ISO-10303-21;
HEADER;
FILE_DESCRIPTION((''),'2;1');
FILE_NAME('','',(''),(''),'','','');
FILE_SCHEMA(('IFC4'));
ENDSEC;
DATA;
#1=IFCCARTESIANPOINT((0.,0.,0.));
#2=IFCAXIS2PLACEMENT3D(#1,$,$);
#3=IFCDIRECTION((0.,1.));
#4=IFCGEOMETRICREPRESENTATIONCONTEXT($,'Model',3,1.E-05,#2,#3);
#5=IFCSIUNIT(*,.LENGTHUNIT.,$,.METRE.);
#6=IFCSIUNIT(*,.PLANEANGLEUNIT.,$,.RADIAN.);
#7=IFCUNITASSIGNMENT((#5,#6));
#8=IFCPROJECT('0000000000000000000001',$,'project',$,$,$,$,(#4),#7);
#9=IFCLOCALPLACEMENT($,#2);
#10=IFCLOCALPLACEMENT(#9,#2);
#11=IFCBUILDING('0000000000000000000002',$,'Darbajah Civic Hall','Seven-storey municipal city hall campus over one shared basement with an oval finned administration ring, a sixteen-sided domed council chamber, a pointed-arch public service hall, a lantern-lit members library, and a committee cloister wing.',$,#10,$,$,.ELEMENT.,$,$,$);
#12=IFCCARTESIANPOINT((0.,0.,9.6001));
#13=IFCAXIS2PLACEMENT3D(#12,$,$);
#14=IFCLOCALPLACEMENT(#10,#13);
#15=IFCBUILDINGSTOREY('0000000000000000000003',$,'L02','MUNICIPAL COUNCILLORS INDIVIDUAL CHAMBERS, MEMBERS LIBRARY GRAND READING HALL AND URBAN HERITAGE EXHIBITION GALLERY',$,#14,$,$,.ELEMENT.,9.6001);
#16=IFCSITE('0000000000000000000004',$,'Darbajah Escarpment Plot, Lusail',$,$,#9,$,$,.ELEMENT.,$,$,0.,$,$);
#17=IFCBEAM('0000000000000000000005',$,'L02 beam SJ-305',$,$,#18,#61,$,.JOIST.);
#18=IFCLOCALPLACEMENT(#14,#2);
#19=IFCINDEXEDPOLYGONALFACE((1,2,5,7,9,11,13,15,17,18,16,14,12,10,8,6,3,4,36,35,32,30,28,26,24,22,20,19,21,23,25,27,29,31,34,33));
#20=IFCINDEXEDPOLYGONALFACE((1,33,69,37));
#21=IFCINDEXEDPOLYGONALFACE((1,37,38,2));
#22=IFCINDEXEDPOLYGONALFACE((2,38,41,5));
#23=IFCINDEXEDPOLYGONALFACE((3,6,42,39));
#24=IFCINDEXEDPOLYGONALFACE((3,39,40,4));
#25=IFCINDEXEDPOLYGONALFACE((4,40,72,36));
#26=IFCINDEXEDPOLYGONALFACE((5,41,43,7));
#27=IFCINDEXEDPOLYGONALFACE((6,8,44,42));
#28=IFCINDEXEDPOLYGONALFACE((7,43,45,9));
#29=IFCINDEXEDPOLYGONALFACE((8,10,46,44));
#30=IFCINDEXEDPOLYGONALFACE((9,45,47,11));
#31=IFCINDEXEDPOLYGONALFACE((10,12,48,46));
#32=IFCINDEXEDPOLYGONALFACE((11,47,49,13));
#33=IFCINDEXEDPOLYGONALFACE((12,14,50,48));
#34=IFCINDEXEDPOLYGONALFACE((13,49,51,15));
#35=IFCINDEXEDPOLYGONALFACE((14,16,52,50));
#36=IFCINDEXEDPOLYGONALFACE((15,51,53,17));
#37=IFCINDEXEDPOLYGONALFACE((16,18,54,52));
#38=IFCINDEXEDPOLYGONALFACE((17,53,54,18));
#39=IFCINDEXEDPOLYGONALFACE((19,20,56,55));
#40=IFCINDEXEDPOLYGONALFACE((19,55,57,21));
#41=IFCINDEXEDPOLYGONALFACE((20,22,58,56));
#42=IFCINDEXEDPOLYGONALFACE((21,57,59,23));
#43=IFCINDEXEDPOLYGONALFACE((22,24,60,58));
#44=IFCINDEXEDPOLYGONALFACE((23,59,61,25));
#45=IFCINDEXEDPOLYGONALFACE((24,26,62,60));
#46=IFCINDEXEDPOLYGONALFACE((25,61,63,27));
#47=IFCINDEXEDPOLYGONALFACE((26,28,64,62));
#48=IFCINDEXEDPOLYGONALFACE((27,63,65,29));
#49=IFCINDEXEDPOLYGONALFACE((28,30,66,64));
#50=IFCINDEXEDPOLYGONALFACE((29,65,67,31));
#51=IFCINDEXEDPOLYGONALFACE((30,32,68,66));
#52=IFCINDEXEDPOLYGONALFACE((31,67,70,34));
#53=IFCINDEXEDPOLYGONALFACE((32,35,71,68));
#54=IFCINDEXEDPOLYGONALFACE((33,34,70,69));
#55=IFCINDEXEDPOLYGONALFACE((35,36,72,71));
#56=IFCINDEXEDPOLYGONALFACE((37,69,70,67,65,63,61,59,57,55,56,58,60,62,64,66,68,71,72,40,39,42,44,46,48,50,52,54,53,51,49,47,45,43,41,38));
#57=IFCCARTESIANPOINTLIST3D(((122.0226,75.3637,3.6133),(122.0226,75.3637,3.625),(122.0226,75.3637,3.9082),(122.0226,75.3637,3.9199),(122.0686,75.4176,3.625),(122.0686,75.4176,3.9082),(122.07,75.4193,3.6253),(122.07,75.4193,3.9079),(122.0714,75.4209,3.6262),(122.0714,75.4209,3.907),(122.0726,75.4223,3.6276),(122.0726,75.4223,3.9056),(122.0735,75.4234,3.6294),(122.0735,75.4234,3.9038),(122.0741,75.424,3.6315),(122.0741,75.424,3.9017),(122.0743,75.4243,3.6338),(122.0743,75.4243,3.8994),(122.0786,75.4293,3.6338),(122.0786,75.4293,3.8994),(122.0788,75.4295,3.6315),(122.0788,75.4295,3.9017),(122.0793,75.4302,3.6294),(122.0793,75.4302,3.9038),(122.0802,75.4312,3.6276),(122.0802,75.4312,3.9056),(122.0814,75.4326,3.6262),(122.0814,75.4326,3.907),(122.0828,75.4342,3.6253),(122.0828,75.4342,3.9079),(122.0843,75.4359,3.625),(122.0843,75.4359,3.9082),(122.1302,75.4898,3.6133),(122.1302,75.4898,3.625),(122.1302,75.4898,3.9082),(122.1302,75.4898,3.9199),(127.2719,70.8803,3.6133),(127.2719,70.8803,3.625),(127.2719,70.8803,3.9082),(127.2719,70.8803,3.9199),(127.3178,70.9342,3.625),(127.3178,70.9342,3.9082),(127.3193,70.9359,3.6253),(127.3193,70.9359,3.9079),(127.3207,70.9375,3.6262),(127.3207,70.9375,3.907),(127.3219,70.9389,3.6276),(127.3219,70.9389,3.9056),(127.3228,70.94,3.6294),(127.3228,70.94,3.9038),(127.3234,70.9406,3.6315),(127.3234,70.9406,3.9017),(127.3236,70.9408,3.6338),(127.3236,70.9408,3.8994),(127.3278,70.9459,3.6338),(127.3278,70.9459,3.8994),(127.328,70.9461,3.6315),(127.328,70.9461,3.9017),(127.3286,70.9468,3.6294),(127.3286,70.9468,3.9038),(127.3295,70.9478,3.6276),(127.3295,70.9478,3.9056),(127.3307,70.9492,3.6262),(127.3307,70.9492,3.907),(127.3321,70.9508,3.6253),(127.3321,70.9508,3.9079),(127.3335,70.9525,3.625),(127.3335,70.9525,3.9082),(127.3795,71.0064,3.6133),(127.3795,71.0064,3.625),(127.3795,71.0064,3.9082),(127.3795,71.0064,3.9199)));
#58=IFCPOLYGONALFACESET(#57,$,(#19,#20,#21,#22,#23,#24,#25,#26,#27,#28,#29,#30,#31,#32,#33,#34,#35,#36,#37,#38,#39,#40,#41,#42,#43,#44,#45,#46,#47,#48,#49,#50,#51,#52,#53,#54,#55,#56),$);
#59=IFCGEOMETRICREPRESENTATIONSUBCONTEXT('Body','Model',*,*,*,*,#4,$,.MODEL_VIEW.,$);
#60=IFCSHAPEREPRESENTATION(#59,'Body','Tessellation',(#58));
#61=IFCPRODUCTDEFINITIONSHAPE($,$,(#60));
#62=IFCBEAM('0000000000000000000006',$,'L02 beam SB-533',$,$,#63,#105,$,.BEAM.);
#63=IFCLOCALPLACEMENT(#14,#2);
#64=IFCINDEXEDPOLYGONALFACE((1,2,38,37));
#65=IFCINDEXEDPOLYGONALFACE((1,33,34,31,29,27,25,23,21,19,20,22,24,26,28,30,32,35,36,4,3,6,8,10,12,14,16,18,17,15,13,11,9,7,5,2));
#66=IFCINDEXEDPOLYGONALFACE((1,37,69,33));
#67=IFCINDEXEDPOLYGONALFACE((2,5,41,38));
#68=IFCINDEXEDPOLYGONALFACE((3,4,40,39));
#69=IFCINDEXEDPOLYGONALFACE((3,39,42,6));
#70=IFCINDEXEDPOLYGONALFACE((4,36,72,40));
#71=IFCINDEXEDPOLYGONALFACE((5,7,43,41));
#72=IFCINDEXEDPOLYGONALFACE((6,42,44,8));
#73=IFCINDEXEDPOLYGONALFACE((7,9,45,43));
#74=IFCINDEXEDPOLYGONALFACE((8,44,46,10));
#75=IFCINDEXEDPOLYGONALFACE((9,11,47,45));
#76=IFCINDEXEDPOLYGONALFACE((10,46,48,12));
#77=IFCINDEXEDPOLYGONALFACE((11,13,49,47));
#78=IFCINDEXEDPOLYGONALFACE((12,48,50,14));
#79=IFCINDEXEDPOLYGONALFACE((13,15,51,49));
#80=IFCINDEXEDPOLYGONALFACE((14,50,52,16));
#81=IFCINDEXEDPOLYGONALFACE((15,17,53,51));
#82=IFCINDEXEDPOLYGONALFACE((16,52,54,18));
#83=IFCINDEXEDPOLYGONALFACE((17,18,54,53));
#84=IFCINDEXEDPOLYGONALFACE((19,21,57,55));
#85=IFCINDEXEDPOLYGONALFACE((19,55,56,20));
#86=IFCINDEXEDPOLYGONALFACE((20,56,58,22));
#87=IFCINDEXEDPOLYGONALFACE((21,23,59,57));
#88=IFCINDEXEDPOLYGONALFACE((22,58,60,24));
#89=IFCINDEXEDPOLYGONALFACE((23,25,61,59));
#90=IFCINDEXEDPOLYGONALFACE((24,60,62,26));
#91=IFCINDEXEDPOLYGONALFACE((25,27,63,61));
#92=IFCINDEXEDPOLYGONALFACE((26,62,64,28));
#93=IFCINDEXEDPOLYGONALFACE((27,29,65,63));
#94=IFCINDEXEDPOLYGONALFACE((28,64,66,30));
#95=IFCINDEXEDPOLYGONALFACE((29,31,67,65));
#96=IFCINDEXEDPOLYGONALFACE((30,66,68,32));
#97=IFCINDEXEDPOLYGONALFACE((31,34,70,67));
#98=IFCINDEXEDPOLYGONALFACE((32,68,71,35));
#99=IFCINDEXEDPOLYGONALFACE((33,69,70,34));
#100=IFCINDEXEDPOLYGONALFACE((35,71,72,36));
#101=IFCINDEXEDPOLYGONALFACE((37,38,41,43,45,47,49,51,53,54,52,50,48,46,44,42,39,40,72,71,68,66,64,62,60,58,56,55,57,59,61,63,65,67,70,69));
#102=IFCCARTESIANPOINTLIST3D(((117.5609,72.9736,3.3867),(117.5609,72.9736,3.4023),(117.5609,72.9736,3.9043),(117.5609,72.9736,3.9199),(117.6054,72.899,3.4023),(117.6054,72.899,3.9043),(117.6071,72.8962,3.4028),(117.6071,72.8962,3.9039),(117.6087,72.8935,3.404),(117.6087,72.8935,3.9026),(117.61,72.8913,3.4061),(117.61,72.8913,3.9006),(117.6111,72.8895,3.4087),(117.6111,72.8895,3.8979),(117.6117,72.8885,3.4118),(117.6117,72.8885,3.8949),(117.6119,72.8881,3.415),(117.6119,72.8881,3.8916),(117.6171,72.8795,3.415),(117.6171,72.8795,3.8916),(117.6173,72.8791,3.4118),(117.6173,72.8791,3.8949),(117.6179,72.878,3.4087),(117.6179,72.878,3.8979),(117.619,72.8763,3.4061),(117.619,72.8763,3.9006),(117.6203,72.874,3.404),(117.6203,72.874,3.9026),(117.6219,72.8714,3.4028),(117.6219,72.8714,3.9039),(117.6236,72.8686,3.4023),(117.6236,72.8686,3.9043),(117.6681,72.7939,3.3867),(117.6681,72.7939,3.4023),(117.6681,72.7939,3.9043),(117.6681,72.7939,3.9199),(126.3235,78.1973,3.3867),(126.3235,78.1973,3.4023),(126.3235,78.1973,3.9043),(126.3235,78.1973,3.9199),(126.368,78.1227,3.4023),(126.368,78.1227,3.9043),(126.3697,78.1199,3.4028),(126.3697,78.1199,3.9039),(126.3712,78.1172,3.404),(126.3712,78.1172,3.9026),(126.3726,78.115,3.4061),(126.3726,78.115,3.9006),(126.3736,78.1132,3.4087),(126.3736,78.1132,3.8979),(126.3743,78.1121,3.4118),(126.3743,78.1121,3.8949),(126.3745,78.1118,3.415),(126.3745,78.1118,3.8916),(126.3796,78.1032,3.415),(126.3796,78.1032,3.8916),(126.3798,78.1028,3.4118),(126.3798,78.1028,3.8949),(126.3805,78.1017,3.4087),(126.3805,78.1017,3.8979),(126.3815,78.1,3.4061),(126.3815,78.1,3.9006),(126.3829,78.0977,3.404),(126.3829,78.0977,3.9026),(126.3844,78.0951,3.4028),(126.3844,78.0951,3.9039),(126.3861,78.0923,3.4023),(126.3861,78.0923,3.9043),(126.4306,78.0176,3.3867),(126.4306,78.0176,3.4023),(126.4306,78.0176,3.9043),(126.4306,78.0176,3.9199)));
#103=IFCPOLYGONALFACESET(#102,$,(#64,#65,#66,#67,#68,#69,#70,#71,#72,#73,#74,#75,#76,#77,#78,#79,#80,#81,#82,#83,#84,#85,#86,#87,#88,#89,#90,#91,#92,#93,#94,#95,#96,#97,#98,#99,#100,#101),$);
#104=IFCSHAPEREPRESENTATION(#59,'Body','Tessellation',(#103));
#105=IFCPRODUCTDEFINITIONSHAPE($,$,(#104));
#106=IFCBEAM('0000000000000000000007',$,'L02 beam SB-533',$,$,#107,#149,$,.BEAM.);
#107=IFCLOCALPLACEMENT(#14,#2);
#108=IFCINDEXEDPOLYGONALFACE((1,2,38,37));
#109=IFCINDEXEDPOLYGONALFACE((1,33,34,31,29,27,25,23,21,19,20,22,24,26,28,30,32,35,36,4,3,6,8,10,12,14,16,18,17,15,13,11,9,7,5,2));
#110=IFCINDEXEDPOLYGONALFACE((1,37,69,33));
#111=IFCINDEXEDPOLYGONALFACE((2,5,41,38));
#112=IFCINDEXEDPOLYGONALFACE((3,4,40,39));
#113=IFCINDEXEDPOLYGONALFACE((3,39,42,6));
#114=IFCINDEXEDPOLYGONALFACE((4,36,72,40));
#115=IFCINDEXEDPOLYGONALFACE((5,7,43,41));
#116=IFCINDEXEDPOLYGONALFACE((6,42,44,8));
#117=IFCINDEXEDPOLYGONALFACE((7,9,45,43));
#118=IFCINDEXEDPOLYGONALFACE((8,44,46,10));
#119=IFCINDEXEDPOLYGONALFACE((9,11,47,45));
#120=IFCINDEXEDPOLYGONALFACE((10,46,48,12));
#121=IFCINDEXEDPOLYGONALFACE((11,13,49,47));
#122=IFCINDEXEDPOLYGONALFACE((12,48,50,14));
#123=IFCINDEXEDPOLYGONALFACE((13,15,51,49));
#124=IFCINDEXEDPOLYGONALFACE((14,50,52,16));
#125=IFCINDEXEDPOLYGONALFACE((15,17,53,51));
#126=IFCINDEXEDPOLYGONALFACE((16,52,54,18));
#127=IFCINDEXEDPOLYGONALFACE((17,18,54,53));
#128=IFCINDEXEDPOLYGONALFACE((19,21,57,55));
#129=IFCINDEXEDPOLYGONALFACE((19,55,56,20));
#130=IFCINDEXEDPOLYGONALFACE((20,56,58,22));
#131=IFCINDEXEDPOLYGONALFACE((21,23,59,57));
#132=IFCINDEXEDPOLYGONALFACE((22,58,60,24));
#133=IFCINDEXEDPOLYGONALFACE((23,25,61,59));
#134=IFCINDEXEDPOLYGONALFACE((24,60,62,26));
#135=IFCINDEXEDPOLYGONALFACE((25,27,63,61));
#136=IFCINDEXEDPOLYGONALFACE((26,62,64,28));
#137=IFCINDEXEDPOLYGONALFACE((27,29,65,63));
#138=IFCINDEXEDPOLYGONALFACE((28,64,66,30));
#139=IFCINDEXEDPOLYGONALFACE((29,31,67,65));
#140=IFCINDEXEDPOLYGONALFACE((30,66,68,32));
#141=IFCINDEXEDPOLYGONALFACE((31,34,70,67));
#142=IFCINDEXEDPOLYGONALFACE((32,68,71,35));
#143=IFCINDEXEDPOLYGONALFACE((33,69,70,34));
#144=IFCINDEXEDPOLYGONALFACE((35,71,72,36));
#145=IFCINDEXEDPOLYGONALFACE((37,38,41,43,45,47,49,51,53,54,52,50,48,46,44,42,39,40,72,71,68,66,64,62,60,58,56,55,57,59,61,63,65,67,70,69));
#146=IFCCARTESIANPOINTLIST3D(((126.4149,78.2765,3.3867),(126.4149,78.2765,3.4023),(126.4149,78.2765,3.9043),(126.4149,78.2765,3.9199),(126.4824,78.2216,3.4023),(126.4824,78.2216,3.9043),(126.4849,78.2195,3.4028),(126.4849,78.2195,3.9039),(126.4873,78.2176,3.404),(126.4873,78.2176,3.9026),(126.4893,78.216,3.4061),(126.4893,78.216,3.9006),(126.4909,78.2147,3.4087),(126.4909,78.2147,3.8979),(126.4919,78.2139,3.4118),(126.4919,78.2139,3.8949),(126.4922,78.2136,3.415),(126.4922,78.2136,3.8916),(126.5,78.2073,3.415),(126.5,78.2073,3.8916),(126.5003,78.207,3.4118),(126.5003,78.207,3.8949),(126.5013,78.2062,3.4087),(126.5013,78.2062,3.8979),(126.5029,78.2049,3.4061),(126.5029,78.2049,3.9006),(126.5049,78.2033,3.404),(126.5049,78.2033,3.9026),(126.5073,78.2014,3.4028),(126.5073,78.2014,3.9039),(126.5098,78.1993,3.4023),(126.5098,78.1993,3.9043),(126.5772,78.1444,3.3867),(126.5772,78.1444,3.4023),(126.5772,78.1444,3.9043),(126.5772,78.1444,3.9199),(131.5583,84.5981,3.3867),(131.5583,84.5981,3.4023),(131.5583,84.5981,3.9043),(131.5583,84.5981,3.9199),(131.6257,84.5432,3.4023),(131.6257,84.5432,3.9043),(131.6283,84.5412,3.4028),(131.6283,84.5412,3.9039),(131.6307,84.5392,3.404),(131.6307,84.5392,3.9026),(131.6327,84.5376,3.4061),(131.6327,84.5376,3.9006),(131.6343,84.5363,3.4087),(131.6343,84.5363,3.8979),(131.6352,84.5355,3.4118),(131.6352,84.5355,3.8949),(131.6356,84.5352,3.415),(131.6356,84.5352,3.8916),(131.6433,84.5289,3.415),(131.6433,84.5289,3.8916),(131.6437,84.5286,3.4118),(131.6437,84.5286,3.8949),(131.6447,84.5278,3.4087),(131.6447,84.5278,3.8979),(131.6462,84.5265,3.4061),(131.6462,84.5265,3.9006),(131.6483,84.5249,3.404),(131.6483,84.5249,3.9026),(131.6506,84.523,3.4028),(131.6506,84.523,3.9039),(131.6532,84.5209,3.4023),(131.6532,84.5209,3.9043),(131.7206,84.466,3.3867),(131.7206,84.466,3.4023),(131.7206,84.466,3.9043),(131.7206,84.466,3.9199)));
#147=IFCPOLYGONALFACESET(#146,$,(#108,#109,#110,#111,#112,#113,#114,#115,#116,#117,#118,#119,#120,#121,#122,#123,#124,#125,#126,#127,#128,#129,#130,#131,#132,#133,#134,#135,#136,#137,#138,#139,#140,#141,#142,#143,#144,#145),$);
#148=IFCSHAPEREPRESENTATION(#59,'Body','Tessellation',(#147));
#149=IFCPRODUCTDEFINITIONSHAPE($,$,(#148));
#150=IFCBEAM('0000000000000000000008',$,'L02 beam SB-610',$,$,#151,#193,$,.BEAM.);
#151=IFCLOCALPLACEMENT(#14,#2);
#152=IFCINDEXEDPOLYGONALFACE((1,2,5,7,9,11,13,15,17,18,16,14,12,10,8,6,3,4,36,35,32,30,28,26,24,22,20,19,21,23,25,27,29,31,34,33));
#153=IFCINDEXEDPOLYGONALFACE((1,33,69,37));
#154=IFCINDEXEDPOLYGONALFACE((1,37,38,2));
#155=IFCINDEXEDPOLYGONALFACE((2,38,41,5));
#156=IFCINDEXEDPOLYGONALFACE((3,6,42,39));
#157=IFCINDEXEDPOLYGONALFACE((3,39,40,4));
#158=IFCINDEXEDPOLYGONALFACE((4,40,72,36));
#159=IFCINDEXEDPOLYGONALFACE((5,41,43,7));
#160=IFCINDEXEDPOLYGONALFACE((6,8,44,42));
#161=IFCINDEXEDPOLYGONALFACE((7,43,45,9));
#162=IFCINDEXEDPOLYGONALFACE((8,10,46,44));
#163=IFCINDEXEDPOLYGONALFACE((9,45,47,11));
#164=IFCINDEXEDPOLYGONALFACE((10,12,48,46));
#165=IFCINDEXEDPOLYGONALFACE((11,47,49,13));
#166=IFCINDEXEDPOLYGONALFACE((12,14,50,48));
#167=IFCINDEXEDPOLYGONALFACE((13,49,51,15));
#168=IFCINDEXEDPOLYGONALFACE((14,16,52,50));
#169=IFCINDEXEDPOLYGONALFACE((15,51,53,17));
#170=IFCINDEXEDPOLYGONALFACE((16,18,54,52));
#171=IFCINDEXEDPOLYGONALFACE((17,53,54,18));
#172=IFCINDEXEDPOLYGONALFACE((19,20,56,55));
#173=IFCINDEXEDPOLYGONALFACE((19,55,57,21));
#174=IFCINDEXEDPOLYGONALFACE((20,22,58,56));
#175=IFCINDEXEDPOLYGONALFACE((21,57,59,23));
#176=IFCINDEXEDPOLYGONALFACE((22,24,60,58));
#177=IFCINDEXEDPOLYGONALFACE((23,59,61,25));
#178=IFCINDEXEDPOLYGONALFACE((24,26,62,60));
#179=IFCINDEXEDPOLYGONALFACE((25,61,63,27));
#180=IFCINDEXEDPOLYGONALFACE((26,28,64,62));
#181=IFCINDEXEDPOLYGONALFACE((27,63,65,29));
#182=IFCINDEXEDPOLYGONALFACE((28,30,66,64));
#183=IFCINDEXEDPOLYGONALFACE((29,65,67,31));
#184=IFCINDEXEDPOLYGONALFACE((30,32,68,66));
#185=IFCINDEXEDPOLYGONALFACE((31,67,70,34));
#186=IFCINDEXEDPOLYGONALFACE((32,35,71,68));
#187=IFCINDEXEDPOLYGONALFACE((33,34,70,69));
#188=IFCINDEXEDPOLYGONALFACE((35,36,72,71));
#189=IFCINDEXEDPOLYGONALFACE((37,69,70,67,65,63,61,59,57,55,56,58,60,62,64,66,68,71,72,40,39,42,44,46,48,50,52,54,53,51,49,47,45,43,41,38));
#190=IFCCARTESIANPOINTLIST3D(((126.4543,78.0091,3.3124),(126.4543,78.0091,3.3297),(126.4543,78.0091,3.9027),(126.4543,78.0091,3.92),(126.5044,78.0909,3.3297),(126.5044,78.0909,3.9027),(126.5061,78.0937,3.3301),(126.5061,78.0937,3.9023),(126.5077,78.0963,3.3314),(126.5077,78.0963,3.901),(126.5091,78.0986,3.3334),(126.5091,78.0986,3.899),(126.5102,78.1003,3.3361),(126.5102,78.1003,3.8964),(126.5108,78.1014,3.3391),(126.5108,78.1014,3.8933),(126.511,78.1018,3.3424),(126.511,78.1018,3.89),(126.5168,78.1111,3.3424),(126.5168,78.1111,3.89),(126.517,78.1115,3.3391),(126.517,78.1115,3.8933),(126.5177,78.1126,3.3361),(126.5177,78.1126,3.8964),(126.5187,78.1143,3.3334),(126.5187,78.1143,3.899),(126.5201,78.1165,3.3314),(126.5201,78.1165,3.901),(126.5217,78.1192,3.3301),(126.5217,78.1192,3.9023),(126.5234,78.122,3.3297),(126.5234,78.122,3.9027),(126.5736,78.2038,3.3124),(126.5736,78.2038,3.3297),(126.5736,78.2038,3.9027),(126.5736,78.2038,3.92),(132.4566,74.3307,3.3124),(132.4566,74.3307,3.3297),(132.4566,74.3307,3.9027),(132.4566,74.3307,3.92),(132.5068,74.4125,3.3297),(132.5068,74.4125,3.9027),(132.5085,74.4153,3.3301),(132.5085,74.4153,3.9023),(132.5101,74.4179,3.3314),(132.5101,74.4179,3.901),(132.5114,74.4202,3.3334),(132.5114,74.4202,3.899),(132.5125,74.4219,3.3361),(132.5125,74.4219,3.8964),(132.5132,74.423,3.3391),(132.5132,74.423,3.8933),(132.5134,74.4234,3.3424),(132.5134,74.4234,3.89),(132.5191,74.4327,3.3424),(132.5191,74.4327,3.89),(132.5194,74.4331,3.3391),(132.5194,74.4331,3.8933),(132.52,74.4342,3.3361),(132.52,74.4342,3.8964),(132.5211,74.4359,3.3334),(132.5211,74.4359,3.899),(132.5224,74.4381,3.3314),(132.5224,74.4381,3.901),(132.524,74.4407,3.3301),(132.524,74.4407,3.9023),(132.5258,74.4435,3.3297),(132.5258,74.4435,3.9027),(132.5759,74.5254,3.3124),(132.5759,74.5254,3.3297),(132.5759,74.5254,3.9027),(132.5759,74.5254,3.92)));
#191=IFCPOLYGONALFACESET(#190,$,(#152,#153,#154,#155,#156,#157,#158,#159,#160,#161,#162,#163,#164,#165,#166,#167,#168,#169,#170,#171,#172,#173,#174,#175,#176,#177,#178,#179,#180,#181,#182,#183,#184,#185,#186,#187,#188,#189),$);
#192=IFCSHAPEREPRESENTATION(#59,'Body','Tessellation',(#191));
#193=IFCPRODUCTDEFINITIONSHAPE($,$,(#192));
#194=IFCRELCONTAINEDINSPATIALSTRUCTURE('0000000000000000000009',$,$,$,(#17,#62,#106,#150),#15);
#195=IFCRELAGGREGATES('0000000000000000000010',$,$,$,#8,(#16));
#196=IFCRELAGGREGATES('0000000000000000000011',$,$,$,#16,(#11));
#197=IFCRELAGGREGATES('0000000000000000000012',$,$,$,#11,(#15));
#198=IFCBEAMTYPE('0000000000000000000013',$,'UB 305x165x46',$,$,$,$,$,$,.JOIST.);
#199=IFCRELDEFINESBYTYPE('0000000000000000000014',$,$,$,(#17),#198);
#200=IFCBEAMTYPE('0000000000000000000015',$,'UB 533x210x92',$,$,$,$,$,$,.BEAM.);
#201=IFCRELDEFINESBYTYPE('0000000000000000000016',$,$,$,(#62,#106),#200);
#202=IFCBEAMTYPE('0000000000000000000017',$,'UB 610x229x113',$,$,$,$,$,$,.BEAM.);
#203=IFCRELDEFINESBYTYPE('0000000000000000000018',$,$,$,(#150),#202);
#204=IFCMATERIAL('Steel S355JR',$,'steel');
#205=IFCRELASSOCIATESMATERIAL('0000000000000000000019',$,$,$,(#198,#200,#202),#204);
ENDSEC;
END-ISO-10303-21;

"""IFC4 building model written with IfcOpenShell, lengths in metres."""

from ifc_helpers import new_model, si_unit, direction, frame, origin, origin_2d, place, context, subcontext, project, spatial, i_section, extrude, material, material_profile, profile_set, type_object, element, save


model = new_model("IFC4")

# Units and contexts
model_context = context("Model", 3, precision=1e-05, world=origin(), true_north=direction((0.0, 1.0)))
body_context = subcontext(model_context, "Body", "Model", "MODEL_VIEW")
ifc_project = project(units=[si_unit("LENGTHUNIT", "METRE"), si_unit("PLANEANGLEUNIT", "RADIAN")], contexts=[model_context])

# Site, building, storey
site_placement = place(None, origin())
site = spatial("IfcSite", under=ifc_project, at=site_placement, Name="Darbajah Escarpment Plot, Lusail", CompositionType="ELEMENT", RefElevation=0.0)
building_placement = place(site_placement, origin())
building = spatial("IfcBuilding", under=site, at=building_placement, Name="Darbajah Civic Hall", Description="Seven-storey municipal city hall campus over one shared basement with an oval finned administration ring, a sixteen-sided domed council chamber, a pointed-arch public service hall, a lantern-lit members library, and a committee cloister wing.", CompositionType="ELEMENT")
storey_placement = place(building_placement, frame((0.0, 0.0, 9.6001)))
storey = spatial("IfcBuildingStorey", under=building, at=storey_placement, Name="L02", Description="MUNICIPAL COUNCILLORS INDIVIDUAL CHAMBERS, MEMBERS LIBRARY GRAND READING HALL AND URBAN HERITAGE EXHIBITION GALLERY", CompositionType="ELEMENT", Elevation=9.6001)

# Beams
ifc_material_1 = material(Name="Steel S355JR", Category="steel")
ifc_material_profile_1 = material_profile(ifc_material_1, i_section(OverallWidth=0.1658, OverallDepth=0.3066, WebThickness=0.0066, FlangeThickness=0.0117, FilletRadius=0.0088, at=origin_2d()), Name="UB 305x165x46")
ifc_profile_set_1 = profile_set([ifc_material_profile_1], Name="Steel S355JR")
beam_type_1 = type_object("IfcBeamType", Name="UB 305x165x46", PredefinedType="JOIST", material=ifc_profile_set_1)
beam_1_placement = place(storey_placement, frame((122.0764, 75.4268, 3.7666), z_axis=(0.760399, -0.649456, 0.0), x_axis=(0.649456, 0.760399, 0.0)))
element("IfcBeam", 1, at=beam_1_placement, inside=storey, type_object=beam_type_1, Name="L02 beam SJ-305", PredefinedType="JOIST", context=body_context, shape_type="SweptSolid", body=[
    extrude(i_section(OverallWidth=0.1658, OverallDepth=0.3066, WebThickness=0.0066, FlangeThickness=0.0117, FilletRadius=0.0088, at=origin_2d()), origin(), (0.0, 0.0, 1.0), 6.9033),
])
ifc_material_profile_2 = material_profile(ifc_material_1, i_section(OverallWidth=0.2092, OverallDepth=0.5332, WebThickness=0.01, FlangeThickness=0.0156, FilletRadius=0.0127, at=origin_2d()), Name="UB 533x210x92")
ifc_profile_set_2 = profile_set([ifc_material_profile_2], Name="Steel S355JR")
beam_type_2 = type_object("IfcBeamType", Name="UB 533x210x92", PredefinedType="BEAM", material=ifc_profile_set_2)
beam_2_placement = place(storey_placement, frame((117.6145, 72.8838, 3.6533), z_axis=(0.858953, 0.512055, 0.0), x_axis=(-0.512055, 0.858953, 0.0)))
element("IfcBeam", 2, at=beam_2_placement, inside=storey, type_object=beam_type_2, Name="L02 beam SB-533", PredefinedType="BEAM", context=body_context, shape_type="SweptSolid", body=[
    extrude(i_section(OverallWidth=0.2092, OverallDepth=0.5332, WebThickness=0.01, FlangeThickness=0.0156, FilletRadius=0.0127, at=origin_2d()), origin(), (0.0, 0.0, 1.0), 10.2014),
])
beam_3_placement = place(storey_placement, frame((126.4961, 78.2104, 3.6533), z_axis=(0.631115, 0.77569, 0.0), x_axis=(-0.77569, 0.631115, 0.0)))
element("IfcBeam", 3, at=beam_3_placement, inside=storey, type_object=beam_type_2, Name="L02 beam SB-533", PredefinedType="BEAM", context=body_context, shape_type="SweptSolid", body=[
    extrude(i_section(OverallWidth=0.2092, OverallDepth=0.5332, WebThickness=0.01, FlangeThickness=0.0156, FilletRadius=0.0127, at=origin_2d()), origin(), (0.0, 0.0, 1.0), 8.1497),
])
ifc_material_profile_3 = material_profile(ifc_material_1, i_section(OverallWidth=0.2283, OverallDepth=0.6077, WebThickness=0.011, FlangeThickness=0.0173, FilletRadius=0.0127, at=origin_2d()), Name="UB 610x229x113")
ifc_profile_set_3 = profile_set([ifc_material_profile_3], Name="Steel S355JR")
beam_type_3 = type_object("IfcBeamType", Name="UB 610x229x113", PredefinedType="BEAM", material=ifc_profile_set_3)
beam_4_placement = place(storey_placement, frame((126.5139, 78.1064, 3.6162), z_axis=(0.85263, -0.522516, 0.0), x_axis=(0.522516, 0.85263, 0.0)))
element("IfcBeam", 4, at=beam_4_placement, inside=storey, type_object=beam_type_3, Name="L02 beam SB-610", PredefinedType="BEAM", context=body_context, shape_type="SweptSolid", body=[
    extrude(i_section(OverallWidth=0.2283, OverallDepth=0.6077, WebThickness=0.011, FlangeThickness=0.0173, FilletRadius=0.0127, at=origin_2d()), origin(), (0.0, 0.0, 1.0), 7.0398),
])

save(model, "model.ifc")
